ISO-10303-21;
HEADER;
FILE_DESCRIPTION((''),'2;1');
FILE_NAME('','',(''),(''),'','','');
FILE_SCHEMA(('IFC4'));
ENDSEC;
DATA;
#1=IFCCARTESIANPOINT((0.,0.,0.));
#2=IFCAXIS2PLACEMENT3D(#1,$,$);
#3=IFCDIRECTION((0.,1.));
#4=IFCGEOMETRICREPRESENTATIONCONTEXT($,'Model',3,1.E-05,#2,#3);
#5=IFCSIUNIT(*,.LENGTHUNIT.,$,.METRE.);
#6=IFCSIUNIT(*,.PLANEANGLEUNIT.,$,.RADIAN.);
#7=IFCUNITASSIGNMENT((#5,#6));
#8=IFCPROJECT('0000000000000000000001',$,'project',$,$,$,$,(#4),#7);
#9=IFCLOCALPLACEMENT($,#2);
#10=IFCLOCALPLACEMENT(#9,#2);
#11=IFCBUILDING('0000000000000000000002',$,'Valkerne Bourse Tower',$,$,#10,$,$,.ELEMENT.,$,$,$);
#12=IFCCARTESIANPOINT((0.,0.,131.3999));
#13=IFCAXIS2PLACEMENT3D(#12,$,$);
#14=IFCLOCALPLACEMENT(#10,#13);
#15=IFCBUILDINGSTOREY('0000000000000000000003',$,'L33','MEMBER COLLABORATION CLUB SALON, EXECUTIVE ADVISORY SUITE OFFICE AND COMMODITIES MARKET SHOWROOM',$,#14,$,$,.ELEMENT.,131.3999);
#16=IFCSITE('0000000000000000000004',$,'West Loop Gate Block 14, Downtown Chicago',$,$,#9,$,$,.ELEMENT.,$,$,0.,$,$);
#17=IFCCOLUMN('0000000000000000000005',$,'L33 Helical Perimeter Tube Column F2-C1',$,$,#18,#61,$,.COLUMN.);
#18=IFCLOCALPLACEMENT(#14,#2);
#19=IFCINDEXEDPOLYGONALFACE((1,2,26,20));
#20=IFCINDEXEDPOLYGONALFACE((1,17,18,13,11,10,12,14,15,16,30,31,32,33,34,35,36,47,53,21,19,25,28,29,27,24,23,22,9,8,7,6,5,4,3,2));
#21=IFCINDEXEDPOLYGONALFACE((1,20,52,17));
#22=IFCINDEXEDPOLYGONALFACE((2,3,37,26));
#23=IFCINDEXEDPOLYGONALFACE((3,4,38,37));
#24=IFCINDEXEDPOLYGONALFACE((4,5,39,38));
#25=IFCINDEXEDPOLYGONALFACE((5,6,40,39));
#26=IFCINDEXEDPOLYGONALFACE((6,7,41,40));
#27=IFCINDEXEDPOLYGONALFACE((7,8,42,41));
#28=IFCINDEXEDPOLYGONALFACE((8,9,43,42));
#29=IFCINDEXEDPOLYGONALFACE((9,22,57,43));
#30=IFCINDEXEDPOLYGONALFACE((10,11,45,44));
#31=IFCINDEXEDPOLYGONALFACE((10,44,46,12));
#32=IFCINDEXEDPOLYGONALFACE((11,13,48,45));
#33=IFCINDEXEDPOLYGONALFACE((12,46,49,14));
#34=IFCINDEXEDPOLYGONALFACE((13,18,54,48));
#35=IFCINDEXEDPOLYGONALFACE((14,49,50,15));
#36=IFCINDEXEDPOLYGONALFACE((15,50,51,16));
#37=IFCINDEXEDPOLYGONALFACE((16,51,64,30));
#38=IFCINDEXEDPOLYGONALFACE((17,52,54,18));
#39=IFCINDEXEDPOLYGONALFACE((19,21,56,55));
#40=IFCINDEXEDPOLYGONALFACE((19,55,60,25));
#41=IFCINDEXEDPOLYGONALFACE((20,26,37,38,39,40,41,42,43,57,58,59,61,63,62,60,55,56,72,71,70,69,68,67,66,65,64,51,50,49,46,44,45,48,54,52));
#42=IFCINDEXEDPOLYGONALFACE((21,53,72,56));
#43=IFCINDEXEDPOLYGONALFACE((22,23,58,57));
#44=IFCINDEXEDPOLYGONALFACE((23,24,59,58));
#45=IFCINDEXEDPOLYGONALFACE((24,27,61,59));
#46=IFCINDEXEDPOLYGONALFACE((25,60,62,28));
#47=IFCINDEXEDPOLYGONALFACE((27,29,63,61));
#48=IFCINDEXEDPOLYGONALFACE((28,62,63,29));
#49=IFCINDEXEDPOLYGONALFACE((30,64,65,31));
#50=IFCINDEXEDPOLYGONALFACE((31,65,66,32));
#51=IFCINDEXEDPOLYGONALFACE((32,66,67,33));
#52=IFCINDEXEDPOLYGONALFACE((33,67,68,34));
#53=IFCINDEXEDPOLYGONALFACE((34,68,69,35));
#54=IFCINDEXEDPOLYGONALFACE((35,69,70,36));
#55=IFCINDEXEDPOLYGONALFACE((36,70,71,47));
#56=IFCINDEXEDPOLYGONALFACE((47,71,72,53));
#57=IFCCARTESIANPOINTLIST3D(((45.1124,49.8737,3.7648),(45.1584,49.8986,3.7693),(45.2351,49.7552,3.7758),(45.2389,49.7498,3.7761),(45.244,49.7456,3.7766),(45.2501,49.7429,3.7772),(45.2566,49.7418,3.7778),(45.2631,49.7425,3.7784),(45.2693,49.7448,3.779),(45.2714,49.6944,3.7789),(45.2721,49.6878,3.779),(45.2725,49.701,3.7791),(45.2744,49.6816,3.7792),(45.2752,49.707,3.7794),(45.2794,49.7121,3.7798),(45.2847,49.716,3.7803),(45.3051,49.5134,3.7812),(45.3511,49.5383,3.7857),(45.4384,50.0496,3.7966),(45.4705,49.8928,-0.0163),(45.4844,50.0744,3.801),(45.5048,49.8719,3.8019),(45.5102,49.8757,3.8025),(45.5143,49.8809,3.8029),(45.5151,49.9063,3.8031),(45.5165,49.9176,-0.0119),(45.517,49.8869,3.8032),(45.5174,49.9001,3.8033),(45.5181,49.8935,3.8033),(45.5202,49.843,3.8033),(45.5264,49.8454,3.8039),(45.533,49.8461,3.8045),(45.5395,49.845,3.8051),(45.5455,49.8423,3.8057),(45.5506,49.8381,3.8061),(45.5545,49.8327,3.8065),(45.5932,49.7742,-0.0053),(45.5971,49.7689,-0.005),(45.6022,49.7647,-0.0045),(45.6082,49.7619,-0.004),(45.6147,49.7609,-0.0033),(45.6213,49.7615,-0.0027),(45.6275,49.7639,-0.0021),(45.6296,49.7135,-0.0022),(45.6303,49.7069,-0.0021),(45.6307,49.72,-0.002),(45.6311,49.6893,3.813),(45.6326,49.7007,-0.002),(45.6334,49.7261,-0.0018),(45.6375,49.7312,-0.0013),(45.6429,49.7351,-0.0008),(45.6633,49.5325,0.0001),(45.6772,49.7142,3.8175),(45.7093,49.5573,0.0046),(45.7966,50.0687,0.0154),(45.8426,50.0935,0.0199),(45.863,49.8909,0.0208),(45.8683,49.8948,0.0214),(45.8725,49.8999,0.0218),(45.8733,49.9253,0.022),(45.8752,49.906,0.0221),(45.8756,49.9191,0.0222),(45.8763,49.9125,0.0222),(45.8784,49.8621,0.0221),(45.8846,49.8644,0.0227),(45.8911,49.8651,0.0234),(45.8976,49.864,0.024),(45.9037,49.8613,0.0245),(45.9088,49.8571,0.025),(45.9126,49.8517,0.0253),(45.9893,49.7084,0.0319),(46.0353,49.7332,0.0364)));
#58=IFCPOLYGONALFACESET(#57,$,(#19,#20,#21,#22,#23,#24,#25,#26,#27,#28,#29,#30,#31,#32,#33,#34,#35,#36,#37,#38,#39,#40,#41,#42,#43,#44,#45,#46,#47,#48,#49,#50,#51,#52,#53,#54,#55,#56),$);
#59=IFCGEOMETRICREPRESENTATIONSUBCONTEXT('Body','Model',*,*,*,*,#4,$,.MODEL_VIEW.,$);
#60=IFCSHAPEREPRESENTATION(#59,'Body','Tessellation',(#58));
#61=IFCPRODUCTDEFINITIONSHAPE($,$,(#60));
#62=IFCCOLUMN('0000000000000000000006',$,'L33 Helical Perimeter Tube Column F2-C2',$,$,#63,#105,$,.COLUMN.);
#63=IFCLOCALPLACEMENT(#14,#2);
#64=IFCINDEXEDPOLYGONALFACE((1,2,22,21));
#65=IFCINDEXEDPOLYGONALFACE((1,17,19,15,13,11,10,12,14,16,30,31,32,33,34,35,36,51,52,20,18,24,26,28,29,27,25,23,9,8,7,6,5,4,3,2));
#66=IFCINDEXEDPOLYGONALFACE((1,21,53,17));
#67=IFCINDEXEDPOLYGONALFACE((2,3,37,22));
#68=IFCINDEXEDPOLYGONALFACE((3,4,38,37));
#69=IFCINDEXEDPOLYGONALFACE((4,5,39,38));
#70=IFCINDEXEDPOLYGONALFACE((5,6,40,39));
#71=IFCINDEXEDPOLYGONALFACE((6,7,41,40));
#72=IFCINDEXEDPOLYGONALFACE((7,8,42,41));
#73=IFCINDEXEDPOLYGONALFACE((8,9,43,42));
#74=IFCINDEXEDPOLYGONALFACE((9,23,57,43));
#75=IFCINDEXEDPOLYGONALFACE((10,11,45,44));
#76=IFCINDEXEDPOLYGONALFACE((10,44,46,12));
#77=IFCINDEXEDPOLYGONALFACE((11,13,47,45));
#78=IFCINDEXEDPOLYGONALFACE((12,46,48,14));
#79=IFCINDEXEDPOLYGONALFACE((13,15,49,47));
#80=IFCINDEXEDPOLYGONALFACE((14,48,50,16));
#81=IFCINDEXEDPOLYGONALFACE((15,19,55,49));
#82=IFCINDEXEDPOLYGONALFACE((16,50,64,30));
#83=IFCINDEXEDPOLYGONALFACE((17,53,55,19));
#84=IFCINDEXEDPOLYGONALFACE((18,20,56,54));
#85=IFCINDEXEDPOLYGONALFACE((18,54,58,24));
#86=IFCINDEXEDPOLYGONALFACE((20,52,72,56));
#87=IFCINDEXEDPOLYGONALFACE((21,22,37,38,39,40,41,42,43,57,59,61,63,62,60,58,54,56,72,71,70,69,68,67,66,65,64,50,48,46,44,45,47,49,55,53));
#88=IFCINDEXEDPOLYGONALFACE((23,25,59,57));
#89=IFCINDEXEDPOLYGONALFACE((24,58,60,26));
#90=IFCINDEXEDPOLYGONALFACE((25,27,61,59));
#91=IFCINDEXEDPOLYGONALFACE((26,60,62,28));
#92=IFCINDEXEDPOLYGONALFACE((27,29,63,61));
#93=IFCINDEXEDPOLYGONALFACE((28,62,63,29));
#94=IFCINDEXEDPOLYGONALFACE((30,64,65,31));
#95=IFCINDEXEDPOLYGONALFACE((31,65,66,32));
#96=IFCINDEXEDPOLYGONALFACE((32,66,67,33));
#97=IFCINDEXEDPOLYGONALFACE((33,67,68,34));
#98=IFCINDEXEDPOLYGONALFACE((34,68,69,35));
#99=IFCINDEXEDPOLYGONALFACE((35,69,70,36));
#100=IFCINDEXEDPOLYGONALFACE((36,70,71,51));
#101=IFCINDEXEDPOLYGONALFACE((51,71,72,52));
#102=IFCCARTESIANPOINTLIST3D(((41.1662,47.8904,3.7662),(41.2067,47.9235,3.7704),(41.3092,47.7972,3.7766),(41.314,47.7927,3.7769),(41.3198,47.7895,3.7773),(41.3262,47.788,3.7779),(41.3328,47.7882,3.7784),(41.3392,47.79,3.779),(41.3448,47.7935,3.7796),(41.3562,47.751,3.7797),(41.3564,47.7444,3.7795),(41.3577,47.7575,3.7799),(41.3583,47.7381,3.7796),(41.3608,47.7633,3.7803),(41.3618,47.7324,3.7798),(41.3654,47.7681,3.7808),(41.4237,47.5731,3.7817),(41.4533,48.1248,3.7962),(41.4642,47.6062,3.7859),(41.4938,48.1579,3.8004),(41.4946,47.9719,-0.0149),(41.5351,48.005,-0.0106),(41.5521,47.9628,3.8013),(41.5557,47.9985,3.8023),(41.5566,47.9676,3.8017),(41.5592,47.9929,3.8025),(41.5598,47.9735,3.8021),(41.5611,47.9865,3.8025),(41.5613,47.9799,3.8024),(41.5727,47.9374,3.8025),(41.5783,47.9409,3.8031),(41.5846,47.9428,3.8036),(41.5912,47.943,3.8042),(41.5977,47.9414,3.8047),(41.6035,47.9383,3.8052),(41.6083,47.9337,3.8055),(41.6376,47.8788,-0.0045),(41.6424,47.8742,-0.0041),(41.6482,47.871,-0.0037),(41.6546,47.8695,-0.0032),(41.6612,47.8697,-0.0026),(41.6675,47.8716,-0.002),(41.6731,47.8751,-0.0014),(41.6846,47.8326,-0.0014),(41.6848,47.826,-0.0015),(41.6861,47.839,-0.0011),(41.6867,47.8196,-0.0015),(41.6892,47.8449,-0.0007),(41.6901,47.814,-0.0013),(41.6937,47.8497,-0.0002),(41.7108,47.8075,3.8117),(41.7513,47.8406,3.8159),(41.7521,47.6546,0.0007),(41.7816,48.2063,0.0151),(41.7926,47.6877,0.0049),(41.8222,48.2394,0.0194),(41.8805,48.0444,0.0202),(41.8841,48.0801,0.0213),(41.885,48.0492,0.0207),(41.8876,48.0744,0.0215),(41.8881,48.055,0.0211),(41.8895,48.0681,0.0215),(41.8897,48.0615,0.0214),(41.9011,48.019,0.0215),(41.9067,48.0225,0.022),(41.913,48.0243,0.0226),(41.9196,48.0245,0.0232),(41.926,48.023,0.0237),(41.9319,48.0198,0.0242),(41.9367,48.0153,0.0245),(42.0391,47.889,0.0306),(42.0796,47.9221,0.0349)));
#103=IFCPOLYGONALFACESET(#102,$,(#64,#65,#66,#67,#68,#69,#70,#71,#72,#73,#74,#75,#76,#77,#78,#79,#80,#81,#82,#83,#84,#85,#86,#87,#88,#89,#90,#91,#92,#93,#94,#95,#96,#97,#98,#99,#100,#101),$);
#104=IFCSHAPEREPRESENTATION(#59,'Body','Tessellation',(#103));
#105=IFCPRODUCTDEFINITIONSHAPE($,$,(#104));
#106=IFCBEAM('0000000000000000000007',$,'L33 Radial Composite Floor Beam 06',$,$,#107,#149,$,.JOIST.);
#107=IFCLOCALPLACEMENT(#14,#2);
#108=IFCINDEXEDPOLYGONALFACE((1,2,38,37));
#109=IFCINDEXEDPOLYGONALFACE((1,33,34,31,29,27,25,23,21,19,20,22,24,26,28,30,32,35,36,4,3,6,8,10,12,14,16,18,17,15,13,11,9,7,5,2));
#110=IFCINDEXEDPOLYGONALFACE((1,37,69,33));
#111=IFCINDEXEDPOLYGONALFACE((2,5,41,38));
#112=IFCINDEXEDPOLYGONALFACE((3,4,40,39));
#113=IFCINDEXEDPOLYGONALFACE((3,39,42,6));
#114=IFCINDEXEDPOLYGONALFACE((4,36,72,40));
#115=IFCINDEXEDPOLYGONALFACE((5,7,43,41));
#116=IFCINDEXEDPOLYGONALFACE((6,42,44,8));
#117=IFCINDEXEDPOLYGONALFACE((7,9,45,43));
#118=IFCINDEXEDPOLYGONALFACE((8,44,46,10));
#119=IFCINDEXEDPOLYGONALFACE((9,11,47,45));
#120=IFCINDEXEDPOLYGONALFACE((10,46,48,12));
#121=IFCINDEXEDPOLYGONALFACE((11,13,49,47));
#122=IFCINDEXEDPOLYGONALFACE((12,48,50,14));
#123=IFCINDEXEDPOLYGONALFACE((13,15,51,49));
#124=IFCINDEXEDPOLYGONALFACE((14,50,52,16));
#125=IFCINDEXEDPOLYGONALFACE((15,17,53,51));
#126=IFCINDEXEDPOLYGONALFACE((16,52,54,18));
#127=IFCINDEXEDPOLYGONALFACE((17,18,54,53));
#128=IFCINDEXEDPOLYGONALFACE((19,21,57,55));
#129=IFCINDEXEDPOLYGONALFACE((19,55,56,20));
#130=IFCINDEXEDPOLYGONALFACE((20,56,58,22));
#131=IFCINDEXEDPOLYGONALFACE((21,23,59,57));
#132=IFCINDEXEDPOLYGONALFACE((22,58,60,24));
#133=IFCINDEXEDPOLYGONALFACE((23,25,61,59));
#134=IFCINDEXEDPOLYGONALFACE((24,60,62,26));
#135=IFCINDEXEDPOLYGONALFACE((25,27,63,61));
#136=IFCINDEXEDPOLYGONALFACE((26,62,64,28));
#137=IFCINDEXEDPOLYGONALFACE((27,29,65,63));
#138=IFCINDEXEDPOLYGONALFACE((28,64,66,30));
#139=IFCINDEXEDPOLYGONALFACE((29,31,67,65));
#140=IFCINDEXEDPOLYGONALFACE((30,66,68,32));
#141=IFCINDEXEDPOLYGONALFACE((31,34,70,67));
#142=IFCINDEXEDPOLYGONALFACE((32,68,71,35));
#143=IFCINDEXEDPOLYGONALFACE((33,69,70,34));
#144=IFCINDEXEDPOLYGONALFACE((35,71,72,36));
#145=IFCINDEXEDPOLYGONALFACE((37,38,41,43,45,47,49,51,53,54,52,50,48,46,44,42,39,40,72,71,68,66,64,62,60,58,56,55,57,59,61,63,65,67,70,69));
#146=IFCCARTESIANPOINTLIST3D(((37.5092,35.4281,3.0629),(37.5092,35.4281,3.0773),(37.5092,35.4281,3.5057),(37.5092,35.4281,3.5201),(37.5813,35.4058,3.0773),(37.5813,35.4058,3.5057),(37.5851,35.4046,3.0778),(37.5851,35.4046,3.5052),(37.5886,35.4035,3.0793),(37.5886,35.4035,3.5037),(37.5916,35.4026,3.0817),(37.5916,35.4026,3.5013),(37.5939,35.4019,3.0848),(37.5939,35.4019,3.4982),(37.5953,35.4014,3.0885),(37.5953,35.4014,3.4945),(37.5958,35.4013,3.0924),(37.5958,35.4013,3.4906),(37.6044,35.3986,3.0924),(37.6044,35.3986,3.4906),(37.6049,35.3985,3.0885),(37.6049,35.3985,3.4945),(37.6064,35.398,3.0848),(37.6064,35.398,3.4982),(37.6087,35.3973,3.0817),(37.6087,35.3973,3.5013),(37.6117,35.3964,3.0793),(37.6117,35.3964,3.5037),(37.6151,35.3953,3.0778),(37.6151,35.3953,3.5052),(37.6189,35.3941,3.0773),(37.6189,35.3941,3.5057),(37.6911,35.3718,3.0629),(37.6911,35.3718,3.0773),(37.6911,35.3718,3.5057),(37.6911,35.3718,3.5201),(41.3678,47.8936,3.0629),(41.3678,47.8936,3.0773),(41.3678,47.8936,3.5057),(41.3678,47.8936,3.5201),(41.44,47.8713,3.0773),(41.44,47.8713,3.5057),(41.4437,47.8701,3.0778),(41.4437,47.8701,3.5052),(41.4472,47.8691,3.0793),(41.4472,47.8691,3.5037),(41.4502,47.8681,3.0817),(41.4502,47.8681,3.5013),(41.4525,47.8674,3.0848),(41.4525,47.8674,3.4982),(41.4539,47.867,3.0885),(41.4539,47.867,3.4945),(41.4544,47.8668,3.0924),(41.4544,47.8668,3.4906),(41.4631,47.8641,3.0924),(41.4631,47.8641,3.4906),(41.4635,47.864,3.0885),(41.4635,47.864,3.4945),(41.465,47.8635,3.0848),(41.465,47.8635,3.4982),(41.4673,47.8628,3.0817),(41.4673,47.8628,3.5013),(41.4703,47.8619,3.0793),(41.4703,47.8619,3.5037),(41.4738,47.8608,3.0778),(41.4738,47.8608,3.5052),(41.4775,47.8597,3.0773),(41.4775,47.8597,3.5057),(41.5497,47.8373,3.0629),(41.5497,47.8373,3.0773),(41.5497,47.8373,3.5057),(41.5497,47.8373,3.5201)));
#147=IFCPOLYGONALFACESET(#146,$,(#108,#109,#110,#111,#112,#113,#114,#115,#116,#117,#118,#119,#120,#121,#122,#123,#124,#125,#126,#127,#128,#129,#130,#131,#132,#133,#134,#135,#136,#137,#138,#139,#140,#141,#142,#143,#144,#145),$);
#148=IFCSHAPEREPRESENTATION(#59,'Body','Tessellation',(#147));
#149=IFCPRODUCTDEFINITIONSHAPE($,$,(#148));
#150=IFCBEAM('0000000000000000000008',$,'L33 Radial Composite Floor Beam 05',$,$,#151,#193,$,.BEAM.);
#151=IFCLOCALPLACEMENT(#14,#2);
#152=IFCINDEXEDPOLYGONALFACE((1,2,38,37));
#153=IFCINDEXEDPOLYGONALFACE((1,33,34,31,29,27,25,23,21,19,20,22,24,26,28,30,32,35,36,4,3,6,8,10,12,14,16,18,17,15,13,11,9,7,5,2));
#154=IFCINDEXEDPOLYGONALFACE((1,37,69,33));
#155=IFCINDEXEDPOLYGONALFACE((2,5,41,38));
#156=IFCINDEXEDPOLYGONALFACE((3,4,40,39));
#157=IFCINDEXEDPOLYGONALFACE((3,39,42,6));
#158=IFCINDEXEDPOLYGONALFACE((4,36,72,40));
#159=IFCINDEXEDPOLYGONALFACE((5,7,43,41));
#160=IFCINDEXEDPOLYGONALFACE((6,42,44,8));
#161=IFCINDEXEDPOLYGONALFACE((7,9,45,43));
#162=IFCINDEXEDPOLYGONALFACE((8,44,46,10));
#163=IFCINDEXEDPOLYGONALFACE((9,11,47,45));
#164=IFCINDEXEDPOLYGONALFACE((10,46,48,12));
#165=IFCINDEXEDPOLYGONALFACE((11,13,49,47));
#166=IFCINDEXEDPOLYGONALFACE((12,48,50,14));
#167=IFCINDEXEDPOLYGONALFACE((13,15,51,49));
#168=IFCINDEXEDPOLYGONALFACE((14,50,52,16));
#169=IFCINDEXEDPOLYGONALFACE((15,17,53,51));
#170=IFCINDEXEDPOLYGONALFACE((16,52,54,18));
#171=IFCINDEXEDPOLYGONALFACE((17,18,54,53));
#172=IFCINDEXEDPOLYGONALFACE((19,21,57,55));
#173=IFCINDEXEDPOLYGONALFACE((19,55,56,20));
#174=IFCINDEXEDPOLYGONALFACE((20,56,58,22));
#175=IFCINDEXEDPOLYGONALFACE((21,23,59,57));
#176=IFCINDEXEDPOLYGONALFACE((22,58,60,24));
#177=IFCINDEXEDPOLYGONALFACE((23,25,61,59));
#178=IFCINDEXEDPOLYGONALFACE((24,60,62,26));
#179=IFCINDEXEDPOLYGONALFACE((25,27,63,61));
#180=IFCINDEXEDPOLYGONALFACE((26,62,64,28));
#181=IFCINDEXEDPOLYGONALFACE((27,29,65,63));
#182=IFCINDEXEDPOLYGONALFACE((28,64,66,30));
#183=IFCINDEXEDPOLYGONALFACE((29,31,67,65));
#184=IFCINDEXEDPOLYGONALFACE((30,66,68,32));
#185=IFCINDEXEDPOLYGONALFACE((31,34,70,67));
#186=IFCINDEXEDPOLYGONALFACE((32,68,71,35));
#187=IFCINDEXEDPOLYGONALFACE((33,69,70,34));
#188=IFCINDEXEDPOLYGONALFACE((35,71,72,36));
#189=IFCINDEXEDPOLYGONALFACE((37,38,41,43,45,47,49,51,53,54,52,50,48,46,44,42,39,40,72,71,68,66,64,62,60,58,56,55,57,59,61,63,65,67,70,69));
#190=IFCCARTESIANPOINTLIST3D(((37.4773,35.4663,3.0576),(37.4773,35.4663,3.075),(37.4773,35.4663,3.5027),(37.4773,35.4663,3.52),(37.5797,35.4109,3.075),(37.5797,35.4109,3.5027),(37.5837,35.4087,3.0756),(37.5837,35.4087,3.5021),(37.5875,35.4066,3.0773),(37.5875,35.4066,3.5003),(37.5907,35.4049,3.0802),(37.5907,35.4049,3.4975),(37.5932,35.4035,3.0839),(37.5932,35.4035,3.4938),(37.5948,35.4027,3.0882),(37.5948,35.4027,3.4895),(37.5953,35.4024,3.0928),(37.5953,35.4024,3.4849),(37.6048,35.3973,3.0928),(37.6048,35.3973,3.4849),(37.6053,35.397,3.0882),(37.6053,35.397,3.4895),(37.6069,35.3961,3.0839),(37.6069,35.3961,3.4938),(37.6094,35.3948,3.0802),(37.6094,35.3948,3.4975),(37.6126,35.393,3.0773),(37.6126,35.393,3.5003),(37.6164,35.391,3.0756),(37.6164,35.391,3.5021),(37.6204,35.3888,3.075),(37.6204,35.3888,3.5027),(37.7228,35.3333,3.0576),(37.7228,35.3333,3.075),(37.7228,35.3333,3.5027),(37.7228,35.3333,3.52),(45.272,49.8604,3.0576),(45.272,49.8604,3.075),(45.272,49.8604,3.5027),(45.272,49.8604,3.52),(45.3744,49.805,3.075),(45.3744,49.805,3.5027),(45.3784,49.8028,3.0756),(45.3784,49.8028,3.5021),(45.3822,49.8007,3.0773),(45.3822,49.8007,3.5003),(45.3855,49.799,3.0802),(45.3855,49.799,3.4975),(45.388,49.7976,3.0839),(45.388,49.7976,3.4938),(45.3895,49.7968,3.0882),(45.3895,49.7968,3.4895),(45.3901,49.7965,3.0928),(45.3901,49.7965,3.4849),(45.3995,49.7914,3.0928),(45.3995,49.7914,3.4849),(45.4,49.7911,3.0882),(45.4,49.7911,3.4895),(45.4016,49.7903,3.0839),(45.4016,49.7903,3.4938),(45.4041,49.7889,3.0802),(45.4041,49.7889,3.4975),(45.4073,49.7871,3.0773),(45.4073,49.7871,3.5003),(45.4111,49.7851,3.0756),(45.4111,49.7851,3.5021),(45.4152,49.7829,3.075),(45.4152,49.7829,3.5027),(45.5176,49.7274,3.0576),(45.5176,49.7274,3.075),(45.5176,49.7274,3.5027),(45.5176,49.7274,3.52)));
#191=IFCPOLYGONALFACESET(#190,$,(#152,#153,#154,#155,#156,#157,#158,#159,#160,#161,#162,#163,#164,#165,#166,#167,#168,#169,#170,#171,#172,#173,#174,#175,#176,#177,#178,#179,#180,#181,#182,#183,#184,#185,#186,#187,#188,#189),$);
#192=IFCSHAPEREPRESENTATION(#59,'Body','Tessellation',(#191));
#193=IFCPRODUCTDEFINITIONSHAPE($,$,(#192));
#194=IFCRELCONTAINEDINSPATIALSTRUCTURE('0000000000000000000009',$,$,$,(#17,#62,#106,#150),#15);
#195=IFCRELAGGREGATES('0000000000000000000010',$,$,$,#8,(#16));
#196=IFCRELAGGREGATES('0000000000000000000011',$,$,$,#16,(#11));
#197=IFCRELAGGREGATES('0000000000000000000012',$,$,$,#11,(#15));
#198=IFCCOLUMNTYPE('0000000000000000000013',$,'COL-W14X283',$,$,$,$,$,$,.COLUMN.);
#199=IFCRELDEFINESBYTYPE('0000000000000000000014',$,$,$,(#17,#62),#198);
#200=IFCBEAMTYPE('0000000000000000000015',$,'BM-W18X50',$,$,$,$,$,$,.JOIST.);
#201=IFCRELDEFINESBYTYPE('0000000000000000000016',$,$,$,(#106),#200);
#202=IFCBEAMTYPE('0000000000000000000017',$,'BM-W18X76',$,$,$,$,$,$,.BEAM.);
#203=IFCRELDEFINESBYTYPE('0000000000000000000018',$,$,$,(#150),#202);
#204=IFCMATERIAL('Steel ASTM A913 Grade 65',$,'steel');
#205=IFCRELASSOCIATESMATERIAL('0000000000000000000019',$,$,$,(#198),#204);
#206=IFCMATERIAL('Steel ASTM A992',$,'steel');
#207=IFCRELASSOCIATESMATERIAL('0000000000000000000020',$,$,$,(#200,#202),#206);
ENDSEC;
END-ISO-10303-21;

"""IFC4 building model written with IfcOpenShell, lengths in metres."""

from ifc_helpers import new_model, si_unit, direction, frame, origin, origin_2d, place, context, subcontext, project, spatial, i_section, extrude, material, material_profile, profile_set, type_object, element, save


model = new_model("IFC4")

# Units and contexts
model_context = context("Model", 3, precision=1e-05, world=origin(), true_north=direction((0.0, 1.0)))
body_context = subcontext(model_context, "Body", "Model", "MODEL_VIEW")
ifc_project = project(units=[si_unit("LENGTHUNIT", "METRE"), si_unit("PLANEANGLEUNIT", "RADIAN")], contexts=[model_context])

# Site, building, storey
site_placement = place(None, origin())
site = spatial("IfcSite", under=ifc_project, at=site_placement, Name="West Loop Gate Block 14, Downtown Chicago", CompositionType="ELEMENT", RefElevation=0.0)
building_placement = place(site_placement, origin())
building = spatial("IfcBuilding", under=site, at=building_placement, Name="Valkerne Bourse Tower", CompositionType="ELEMENT")
storey_placement = place(building_placement, frame((0.0, 0.0, 131.3999)))
storey = spatial("IfcBuildingStorey", under=building, at=storey_placement, Name="L33", Description="MEMBER COLLABORATION CLUB SALON, EXECUTIVE ADVISORY SUITE OFFICE AND COMMODITIES MARKET SHOWROOM", CompositionType="ELEMENT", Elevation=131.3999)

# Columns
ifc_material_1 = material(Name="Steel ASTM A913 Grade 65", Category="steel")
ifc_material_profile_1 = material_profile(ifc_material_1, i_section(OverallWidth=0.4089, OverallDepth=0.4243, WebThickness=0.0327, FlangeThickness=0.0525, FilletRadius=0.0254, at=origin_2d()), Name="W14X283")
ifc_profile_set_1 = profile_set([ifc_material_profile_1], Name="Steel ASTM A913 Grade 65")
column_type = type_object("IfcColumnType", Name="COL-W14X283", PredefinedType="COLUMN", material=ifc_profile_set_1)
column_1_placement = place(storey_placement, frame((45.7529, 49.813, 0.01), z_axis=(-0.094301, -0.005014, 0.995531), x_axis=(-0.47132, 0.881045, -0.040208)))
element("IfcColumn", 1, at=column_1_placement, inside=storey, type_object=column_type, Name="L33 Helical Perimeter Tube Column F2-C1", PredefinedType="COLUMN", context=body_context, shape_type="SweptSolid", body=[
    extrude(i_section(OverallWidth=0.4089, OverallDepth=0.4243, WebThickness=0.0327, FlangeThickness=0.0525, FilletRadius=0.0254, at=origin_2d()), origin(), (0.0, 0.0, 1.0), 3.7981),
])
column_2_placement = place(storey_placement, frame((41.7871, 47.947, 0.01), z_axis=(-0.086501, -0.021481, 0.99602), x_axis=(-0.629654, 0.775948, -0.037949)))
element("IfcColumn", 2, at=column_2_placement, inside=storey, type_object=column_type, Name="L33 Helical Perimeter Tube Column F2-C2", PredefinedType="COLUMN", context=body_context, shape_type="SweptSolid", body=[
    extrude(i_section(OverallWidth=0.4089, OverallDepth=0.4243, WebThickness=0.0327, FlangeThickness=0.0525, FilletRadius=0.0254, at=origin_2d()), origin(), (0.0, 0.0, 1.0), 3.7961),
])

# Beams
ifc_material_2 = material(Name="Steel ASTM A992", Category="steel")
ifc_material_profile_2 = material_profile(ifc_material_2, i_section(OverallWidth=0.1904, OverallDepth=0.4573, WebThickness=0.009, FlangeThickness=0.0144, FilletRadius=0.0151, at=origin_2d()), Name="W18X50")
ifc_profile_set_2 = profile_set([ifc_material_profile_2], Name="Steel ASTM A992")
beam_type_1 = type_object("IfcBeamType", Name="BM-W18X50", PredefinedType="JOIST", material=ifc_profile_set_2)
beam_1_placement = place(storey_placement, frame((41.4587, 47.8655, 3.2915), z_axis=(-0.295701, -0.95528, 0.0), x_axis=(0.95528, -0.295701, 0.0)))
element("IfcBeam", 3, at=beam_1_placement, inside=storey, type_object=beam_type_1, Name="L33 Radial Composite Floor Beam 06", PredefinedType="JOIST", context=body_context, shape_type="SweptSolid", body=[
    extrude(i_section(OverallWidth=0.1904, OverallDepth=0.4573, WebThickness=0.009, FlangeThickness=0.0144, FilletRadius=0.0151, at=origin_2d()), origin(), (0.0, 0.0, 1.0), 13.0491),
])
ifc_material_profile_3 = material_profile(ifc_material_2, i_section(OverallWidth=0.2793, OverallDepth=0.4624, WebThickness=0.0107, FlangeThickness=0.0173, FilletRadius=0.0178, at=origin_2d()), Name="W18X76")
ifc_profile_set_3 = profile_set([ifc_material_profile_3], Name="Steel ASTM A992")
beam_type_2 = type_object("IfcBeamType", Name="BM-W18X76", PredefinedType="BEAM", material=ifc_profile_set_3)
beam_2_placement = place(storey_placement, frame((45.3948, 49.7939, 3.2888), z_axis=(-0.476184, -0.879346, 0.0), x_axis=(0.879346, -0.476184, 0.0)))
element("IfcBeam", 4, at=beam_2_placement, inside=storey, type_object=beam_type_2, Name="L33 Radial Composite Floor Beam 05", PredefinedType="BEAM", context=body_context, shape_type="SweptSolid", body=[
    extrude(i_section(OverallWidth=0.2793, OverallDepth=0.4624, WebThickness=0.0107, FlangeThickness=0.0173, FilletRadius=0.0178, at=origin_2d()), origin(), (0.0, 0.0, 1.0), 16.3691),
])

save(model, "model.ifc")
